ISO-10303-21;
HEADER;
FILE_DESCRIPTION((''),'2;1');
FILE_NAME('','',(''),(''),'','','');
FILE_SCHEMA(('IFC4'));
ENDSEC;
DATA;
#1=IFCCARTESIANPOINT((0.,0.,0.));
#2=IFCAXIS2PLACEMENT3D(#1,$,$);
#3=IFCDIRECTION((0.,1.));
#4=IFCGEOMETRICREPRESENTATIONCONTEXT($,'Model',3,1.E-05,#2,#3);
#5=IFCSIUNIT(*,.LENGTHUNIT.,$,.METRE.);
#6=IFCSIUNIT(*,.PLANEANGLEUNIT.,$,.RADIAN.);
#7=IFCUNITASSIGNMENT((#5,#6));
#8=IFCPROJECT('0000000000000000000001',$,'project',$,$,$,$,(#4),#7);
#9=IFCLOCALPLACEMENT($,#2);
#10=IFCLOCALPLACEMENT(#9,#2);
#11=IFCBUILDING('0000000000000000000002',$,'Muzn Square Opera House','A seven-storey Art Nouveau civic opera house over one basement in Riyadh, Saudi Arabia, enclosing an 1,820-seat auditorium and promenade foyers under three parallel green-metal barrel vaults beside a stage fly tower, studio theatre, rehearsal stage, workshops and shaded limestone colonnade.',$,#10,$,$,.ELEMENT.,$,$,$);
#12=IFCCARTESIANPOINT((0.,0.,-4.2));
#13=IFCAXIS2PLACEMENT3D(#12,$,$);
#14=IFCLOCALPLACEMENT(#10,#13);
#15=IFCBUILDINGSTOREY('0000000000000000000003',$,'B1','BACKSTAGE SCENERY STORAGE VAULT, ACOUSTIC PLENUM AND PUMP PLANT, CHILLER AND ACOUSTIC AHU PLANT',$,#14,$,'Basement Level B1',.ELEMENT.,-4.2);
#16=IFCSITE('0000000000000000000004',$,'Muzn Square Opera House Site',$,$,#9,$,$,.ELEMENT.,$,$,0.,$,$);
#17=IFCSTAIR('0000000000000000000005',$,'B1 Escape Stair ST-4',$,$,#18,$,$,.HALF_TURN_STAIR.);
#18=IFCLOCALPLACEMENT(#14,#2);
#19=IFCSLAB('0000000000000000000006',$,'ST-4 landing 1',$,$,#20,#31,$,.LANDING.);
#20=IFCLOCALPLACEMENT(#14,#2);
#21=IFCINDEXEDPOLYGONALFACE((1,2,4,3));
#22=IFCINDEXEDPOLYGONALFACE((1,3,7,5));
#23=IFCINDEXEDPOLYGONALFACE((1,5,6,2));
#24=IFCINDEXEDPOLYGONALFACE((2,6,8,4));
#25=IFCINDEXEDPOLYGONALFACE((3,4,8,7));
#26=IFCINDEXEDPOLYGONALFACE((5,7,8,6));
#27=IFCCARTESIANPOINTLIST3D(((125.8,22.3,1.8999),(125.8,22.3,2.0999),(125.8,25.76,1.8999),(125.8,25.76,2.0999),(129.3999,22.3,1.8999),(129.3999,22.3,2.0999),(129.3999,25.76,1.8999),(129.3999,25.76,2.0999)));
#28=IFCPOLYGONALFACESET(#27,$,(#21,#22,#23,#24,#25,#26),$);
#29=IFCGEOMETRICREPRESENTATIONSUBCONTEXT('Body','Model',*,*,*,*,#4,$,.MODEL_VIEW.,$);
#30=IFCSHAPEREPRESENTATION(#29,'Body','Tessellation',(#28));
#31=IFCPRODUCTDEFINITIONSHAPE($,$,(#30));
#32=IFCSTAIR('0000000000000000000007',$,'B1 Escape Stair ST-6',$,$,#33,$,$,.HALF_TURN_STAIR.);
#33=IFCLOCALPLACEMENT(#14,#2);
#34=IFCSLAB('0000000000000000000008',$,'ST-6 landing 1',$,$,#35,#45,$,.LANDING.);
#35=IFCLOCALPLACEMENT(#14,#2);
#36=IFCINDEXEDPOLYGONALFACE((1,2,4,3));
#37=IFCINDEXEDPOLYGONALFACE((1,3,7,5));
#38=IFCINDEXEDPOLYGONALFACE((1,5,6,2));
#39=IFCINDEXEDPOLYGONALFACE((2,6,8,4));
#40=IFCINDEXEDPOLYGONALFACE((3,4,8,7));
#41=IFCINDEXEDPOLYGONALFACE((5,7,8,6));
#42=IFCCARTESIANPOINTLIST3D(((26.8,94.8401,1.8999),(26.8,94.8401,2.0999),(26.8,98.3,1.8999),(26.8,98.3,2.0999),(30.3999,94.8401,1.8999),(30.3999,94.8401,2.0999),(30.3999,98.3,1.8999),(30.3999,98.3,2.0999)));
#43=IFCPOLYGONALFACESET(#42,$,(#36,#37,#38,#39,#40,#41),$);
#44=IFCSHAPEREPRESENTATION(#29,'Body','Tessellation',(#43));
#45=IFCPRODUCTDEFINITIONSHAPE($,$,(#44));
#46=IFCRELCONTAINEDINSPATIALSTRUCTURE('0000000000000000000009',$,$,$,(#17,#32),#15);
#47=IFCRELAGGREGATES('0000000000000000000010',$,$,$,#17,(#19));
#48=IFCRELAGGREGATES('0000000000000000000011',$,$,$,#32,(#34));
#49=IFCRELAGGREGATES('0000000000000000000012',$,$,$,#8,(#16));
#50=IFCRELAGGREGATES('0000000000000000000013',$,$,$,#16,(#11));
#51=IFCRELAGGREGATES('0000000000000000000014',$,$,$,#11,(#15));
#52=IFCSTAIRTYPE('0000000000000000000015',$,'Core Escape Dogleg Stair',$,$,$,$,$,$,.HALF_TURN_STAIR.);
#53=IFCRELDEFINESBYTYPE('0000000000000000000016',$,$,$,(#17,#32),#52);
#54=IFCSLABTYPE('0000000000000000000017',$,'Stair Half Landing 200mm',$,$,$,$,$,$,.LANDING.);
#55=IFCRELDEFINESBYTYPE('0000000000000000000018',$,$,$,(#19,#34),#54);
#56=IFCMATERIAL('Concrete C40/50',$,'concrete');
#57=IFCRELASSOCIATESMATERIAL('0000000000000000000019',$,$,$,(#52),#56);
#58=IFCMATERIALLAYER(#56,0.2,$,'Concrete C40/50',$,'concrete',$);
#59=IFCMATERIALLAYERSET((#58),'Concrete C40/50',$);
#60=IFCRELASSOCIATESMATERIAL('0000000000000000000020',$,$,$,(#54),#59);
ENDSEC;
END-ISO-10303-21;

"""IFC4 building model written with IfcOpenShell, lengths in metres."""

from ifc_helpers import new_model, si_unit, direction, frame, origin, place, context, subcontext, project, spatial, polyline, outline, extrude, material, layer, layer_set, type_object, element, aggregate, save


model = new_model("IFC4")

# Units and contexts
model_context = context("Model", 3, precision=1e-05, world=origin(), true_north=direction((0.0, 1.0)))
body_context = subcontext(model_context, "Body", "Model", "MODEL_VIEW")
ifc_project = project(units=[si_unit("LENGTHUNIT", "METRE"), si_unit("PLANEANGLEUNIT", "RADIAN")], contexts=[model_context])

# Site, building, storey
site_placement = place(None, origin())
site = spatial("IfcSite", under=ifc_project, at=site_placement, Name="Muzn Square Opera House Site", CompositionType="ELEMENT", RefElevation=0.0)
building_placement = place(site_placement, origin())
building = spatial("IfcBuilding", under=site, at=building_placement, Name="Muzn Square Opera House", Description="A seven-storey Art Nouveau civic opera house over one basement in Riyadh, Saudi Arabia, enclosing an 1,820-seat auditorium and promenade foyers under three parallel green-metal barrel vaults beside a stage fly tower, studio theatre, rehearsal stage, workshops and shaded limestone colonnade.", CompositionType="ELEMENT")
storey_placement = place(building_placement, frame((0.0, 0.0, -4.2)))
storey = spatial("IfcBuildingStorey", under=building, at=storey_placement, Name="B1", Description="BACKSTAGE SCENERY STORAGE VAULT, ACOUSTIC PLENUM AND PUMP PLANT, CHILLER AND ACOUSTIC AHU PLANT", LongName="Basement Level B1", CompositionType="ELEMENT", Elevation=-4.2)

# Shared definitions
ifc_material_1 = material(Name="Concrete C40/50", Category="concrete")

# Stairs, slabs
stair_type = type_object("IfcStairType", Name="Core Escape Dogleg Stair", PredefinedType="HALF_TURN_STAIR", material=ifc_material_1)
ifc_layer_1 = layer(ifc_material_1, 0.2, Name="Concrete C40/50", Category="concrete")
ifc_layer_set_1 = layer_set([ifc_layer_1], Name="Concrete C40/50")
slab_type_1 = type_object("IfcSlabType", Name="Stair Half Landing 200mm", PredefinedType="LANDING", material=ifc_layer_set_1)
stair_1_placement = place(storey_placement, origin())
stair_1 = element("IfcStair", 1, at=stair_1_placement, inside=storey, type_object=stair_type, Name="B1 Escape Stair ST-4", PredefinedType="HALF_TURN_STAIR")
slab_1_placement = place(storey_placement, frame((0.0, 0.0, 1.8999)))
slab_1 = element("IfcSlab", 2, at=slab_1_placement, type_object=slab_type_1, Name="ST-4 landing 1", PredefinedType="LANDING", context=body_context, shape_type="SweptSolid", body=[
    extrude(outline(polyline([(125.8, 25.76), (125.8, 22.3), (129.3999, 22.3), (129.3999, 25.76), (125.8, 25.76)])), origin(), (0.0, 0.0, 1.0), 0.2),
])
aggregate(stair_1, [slab_1])
stair_2_placement = place(storey_placement, origin())
stair_2 = element("IfcStair", 3, at=stair_2_placement, inside=storey, type_object=stair_type, Name="B1 Escape Stair ST-6", PredefinedType="HALF_TURN_STAIR")
slab_2_placement = place(storey_placement, frame((0.0, 0.0, 1.8999)))
slab_2 = element("IfcSlab", 4, at=slab_2_placement, type_object=slab_type_1, Name="ST-6 landing 1", PredefinedType="LANDING", context=body_context, shape_type="SweptSolid", body=[
    extrude(outline(polyline([(30.3999, 94.8401), (30.3999, 98.3), (26.8, 98.3), (26.8, 94.8401), (30.3999, 94.8401)])), origin(), (0.0, 0.0, 1.0), 0.2),
])
aggregate(stair_2, [slab_2])

save(model, "model.ifc")
